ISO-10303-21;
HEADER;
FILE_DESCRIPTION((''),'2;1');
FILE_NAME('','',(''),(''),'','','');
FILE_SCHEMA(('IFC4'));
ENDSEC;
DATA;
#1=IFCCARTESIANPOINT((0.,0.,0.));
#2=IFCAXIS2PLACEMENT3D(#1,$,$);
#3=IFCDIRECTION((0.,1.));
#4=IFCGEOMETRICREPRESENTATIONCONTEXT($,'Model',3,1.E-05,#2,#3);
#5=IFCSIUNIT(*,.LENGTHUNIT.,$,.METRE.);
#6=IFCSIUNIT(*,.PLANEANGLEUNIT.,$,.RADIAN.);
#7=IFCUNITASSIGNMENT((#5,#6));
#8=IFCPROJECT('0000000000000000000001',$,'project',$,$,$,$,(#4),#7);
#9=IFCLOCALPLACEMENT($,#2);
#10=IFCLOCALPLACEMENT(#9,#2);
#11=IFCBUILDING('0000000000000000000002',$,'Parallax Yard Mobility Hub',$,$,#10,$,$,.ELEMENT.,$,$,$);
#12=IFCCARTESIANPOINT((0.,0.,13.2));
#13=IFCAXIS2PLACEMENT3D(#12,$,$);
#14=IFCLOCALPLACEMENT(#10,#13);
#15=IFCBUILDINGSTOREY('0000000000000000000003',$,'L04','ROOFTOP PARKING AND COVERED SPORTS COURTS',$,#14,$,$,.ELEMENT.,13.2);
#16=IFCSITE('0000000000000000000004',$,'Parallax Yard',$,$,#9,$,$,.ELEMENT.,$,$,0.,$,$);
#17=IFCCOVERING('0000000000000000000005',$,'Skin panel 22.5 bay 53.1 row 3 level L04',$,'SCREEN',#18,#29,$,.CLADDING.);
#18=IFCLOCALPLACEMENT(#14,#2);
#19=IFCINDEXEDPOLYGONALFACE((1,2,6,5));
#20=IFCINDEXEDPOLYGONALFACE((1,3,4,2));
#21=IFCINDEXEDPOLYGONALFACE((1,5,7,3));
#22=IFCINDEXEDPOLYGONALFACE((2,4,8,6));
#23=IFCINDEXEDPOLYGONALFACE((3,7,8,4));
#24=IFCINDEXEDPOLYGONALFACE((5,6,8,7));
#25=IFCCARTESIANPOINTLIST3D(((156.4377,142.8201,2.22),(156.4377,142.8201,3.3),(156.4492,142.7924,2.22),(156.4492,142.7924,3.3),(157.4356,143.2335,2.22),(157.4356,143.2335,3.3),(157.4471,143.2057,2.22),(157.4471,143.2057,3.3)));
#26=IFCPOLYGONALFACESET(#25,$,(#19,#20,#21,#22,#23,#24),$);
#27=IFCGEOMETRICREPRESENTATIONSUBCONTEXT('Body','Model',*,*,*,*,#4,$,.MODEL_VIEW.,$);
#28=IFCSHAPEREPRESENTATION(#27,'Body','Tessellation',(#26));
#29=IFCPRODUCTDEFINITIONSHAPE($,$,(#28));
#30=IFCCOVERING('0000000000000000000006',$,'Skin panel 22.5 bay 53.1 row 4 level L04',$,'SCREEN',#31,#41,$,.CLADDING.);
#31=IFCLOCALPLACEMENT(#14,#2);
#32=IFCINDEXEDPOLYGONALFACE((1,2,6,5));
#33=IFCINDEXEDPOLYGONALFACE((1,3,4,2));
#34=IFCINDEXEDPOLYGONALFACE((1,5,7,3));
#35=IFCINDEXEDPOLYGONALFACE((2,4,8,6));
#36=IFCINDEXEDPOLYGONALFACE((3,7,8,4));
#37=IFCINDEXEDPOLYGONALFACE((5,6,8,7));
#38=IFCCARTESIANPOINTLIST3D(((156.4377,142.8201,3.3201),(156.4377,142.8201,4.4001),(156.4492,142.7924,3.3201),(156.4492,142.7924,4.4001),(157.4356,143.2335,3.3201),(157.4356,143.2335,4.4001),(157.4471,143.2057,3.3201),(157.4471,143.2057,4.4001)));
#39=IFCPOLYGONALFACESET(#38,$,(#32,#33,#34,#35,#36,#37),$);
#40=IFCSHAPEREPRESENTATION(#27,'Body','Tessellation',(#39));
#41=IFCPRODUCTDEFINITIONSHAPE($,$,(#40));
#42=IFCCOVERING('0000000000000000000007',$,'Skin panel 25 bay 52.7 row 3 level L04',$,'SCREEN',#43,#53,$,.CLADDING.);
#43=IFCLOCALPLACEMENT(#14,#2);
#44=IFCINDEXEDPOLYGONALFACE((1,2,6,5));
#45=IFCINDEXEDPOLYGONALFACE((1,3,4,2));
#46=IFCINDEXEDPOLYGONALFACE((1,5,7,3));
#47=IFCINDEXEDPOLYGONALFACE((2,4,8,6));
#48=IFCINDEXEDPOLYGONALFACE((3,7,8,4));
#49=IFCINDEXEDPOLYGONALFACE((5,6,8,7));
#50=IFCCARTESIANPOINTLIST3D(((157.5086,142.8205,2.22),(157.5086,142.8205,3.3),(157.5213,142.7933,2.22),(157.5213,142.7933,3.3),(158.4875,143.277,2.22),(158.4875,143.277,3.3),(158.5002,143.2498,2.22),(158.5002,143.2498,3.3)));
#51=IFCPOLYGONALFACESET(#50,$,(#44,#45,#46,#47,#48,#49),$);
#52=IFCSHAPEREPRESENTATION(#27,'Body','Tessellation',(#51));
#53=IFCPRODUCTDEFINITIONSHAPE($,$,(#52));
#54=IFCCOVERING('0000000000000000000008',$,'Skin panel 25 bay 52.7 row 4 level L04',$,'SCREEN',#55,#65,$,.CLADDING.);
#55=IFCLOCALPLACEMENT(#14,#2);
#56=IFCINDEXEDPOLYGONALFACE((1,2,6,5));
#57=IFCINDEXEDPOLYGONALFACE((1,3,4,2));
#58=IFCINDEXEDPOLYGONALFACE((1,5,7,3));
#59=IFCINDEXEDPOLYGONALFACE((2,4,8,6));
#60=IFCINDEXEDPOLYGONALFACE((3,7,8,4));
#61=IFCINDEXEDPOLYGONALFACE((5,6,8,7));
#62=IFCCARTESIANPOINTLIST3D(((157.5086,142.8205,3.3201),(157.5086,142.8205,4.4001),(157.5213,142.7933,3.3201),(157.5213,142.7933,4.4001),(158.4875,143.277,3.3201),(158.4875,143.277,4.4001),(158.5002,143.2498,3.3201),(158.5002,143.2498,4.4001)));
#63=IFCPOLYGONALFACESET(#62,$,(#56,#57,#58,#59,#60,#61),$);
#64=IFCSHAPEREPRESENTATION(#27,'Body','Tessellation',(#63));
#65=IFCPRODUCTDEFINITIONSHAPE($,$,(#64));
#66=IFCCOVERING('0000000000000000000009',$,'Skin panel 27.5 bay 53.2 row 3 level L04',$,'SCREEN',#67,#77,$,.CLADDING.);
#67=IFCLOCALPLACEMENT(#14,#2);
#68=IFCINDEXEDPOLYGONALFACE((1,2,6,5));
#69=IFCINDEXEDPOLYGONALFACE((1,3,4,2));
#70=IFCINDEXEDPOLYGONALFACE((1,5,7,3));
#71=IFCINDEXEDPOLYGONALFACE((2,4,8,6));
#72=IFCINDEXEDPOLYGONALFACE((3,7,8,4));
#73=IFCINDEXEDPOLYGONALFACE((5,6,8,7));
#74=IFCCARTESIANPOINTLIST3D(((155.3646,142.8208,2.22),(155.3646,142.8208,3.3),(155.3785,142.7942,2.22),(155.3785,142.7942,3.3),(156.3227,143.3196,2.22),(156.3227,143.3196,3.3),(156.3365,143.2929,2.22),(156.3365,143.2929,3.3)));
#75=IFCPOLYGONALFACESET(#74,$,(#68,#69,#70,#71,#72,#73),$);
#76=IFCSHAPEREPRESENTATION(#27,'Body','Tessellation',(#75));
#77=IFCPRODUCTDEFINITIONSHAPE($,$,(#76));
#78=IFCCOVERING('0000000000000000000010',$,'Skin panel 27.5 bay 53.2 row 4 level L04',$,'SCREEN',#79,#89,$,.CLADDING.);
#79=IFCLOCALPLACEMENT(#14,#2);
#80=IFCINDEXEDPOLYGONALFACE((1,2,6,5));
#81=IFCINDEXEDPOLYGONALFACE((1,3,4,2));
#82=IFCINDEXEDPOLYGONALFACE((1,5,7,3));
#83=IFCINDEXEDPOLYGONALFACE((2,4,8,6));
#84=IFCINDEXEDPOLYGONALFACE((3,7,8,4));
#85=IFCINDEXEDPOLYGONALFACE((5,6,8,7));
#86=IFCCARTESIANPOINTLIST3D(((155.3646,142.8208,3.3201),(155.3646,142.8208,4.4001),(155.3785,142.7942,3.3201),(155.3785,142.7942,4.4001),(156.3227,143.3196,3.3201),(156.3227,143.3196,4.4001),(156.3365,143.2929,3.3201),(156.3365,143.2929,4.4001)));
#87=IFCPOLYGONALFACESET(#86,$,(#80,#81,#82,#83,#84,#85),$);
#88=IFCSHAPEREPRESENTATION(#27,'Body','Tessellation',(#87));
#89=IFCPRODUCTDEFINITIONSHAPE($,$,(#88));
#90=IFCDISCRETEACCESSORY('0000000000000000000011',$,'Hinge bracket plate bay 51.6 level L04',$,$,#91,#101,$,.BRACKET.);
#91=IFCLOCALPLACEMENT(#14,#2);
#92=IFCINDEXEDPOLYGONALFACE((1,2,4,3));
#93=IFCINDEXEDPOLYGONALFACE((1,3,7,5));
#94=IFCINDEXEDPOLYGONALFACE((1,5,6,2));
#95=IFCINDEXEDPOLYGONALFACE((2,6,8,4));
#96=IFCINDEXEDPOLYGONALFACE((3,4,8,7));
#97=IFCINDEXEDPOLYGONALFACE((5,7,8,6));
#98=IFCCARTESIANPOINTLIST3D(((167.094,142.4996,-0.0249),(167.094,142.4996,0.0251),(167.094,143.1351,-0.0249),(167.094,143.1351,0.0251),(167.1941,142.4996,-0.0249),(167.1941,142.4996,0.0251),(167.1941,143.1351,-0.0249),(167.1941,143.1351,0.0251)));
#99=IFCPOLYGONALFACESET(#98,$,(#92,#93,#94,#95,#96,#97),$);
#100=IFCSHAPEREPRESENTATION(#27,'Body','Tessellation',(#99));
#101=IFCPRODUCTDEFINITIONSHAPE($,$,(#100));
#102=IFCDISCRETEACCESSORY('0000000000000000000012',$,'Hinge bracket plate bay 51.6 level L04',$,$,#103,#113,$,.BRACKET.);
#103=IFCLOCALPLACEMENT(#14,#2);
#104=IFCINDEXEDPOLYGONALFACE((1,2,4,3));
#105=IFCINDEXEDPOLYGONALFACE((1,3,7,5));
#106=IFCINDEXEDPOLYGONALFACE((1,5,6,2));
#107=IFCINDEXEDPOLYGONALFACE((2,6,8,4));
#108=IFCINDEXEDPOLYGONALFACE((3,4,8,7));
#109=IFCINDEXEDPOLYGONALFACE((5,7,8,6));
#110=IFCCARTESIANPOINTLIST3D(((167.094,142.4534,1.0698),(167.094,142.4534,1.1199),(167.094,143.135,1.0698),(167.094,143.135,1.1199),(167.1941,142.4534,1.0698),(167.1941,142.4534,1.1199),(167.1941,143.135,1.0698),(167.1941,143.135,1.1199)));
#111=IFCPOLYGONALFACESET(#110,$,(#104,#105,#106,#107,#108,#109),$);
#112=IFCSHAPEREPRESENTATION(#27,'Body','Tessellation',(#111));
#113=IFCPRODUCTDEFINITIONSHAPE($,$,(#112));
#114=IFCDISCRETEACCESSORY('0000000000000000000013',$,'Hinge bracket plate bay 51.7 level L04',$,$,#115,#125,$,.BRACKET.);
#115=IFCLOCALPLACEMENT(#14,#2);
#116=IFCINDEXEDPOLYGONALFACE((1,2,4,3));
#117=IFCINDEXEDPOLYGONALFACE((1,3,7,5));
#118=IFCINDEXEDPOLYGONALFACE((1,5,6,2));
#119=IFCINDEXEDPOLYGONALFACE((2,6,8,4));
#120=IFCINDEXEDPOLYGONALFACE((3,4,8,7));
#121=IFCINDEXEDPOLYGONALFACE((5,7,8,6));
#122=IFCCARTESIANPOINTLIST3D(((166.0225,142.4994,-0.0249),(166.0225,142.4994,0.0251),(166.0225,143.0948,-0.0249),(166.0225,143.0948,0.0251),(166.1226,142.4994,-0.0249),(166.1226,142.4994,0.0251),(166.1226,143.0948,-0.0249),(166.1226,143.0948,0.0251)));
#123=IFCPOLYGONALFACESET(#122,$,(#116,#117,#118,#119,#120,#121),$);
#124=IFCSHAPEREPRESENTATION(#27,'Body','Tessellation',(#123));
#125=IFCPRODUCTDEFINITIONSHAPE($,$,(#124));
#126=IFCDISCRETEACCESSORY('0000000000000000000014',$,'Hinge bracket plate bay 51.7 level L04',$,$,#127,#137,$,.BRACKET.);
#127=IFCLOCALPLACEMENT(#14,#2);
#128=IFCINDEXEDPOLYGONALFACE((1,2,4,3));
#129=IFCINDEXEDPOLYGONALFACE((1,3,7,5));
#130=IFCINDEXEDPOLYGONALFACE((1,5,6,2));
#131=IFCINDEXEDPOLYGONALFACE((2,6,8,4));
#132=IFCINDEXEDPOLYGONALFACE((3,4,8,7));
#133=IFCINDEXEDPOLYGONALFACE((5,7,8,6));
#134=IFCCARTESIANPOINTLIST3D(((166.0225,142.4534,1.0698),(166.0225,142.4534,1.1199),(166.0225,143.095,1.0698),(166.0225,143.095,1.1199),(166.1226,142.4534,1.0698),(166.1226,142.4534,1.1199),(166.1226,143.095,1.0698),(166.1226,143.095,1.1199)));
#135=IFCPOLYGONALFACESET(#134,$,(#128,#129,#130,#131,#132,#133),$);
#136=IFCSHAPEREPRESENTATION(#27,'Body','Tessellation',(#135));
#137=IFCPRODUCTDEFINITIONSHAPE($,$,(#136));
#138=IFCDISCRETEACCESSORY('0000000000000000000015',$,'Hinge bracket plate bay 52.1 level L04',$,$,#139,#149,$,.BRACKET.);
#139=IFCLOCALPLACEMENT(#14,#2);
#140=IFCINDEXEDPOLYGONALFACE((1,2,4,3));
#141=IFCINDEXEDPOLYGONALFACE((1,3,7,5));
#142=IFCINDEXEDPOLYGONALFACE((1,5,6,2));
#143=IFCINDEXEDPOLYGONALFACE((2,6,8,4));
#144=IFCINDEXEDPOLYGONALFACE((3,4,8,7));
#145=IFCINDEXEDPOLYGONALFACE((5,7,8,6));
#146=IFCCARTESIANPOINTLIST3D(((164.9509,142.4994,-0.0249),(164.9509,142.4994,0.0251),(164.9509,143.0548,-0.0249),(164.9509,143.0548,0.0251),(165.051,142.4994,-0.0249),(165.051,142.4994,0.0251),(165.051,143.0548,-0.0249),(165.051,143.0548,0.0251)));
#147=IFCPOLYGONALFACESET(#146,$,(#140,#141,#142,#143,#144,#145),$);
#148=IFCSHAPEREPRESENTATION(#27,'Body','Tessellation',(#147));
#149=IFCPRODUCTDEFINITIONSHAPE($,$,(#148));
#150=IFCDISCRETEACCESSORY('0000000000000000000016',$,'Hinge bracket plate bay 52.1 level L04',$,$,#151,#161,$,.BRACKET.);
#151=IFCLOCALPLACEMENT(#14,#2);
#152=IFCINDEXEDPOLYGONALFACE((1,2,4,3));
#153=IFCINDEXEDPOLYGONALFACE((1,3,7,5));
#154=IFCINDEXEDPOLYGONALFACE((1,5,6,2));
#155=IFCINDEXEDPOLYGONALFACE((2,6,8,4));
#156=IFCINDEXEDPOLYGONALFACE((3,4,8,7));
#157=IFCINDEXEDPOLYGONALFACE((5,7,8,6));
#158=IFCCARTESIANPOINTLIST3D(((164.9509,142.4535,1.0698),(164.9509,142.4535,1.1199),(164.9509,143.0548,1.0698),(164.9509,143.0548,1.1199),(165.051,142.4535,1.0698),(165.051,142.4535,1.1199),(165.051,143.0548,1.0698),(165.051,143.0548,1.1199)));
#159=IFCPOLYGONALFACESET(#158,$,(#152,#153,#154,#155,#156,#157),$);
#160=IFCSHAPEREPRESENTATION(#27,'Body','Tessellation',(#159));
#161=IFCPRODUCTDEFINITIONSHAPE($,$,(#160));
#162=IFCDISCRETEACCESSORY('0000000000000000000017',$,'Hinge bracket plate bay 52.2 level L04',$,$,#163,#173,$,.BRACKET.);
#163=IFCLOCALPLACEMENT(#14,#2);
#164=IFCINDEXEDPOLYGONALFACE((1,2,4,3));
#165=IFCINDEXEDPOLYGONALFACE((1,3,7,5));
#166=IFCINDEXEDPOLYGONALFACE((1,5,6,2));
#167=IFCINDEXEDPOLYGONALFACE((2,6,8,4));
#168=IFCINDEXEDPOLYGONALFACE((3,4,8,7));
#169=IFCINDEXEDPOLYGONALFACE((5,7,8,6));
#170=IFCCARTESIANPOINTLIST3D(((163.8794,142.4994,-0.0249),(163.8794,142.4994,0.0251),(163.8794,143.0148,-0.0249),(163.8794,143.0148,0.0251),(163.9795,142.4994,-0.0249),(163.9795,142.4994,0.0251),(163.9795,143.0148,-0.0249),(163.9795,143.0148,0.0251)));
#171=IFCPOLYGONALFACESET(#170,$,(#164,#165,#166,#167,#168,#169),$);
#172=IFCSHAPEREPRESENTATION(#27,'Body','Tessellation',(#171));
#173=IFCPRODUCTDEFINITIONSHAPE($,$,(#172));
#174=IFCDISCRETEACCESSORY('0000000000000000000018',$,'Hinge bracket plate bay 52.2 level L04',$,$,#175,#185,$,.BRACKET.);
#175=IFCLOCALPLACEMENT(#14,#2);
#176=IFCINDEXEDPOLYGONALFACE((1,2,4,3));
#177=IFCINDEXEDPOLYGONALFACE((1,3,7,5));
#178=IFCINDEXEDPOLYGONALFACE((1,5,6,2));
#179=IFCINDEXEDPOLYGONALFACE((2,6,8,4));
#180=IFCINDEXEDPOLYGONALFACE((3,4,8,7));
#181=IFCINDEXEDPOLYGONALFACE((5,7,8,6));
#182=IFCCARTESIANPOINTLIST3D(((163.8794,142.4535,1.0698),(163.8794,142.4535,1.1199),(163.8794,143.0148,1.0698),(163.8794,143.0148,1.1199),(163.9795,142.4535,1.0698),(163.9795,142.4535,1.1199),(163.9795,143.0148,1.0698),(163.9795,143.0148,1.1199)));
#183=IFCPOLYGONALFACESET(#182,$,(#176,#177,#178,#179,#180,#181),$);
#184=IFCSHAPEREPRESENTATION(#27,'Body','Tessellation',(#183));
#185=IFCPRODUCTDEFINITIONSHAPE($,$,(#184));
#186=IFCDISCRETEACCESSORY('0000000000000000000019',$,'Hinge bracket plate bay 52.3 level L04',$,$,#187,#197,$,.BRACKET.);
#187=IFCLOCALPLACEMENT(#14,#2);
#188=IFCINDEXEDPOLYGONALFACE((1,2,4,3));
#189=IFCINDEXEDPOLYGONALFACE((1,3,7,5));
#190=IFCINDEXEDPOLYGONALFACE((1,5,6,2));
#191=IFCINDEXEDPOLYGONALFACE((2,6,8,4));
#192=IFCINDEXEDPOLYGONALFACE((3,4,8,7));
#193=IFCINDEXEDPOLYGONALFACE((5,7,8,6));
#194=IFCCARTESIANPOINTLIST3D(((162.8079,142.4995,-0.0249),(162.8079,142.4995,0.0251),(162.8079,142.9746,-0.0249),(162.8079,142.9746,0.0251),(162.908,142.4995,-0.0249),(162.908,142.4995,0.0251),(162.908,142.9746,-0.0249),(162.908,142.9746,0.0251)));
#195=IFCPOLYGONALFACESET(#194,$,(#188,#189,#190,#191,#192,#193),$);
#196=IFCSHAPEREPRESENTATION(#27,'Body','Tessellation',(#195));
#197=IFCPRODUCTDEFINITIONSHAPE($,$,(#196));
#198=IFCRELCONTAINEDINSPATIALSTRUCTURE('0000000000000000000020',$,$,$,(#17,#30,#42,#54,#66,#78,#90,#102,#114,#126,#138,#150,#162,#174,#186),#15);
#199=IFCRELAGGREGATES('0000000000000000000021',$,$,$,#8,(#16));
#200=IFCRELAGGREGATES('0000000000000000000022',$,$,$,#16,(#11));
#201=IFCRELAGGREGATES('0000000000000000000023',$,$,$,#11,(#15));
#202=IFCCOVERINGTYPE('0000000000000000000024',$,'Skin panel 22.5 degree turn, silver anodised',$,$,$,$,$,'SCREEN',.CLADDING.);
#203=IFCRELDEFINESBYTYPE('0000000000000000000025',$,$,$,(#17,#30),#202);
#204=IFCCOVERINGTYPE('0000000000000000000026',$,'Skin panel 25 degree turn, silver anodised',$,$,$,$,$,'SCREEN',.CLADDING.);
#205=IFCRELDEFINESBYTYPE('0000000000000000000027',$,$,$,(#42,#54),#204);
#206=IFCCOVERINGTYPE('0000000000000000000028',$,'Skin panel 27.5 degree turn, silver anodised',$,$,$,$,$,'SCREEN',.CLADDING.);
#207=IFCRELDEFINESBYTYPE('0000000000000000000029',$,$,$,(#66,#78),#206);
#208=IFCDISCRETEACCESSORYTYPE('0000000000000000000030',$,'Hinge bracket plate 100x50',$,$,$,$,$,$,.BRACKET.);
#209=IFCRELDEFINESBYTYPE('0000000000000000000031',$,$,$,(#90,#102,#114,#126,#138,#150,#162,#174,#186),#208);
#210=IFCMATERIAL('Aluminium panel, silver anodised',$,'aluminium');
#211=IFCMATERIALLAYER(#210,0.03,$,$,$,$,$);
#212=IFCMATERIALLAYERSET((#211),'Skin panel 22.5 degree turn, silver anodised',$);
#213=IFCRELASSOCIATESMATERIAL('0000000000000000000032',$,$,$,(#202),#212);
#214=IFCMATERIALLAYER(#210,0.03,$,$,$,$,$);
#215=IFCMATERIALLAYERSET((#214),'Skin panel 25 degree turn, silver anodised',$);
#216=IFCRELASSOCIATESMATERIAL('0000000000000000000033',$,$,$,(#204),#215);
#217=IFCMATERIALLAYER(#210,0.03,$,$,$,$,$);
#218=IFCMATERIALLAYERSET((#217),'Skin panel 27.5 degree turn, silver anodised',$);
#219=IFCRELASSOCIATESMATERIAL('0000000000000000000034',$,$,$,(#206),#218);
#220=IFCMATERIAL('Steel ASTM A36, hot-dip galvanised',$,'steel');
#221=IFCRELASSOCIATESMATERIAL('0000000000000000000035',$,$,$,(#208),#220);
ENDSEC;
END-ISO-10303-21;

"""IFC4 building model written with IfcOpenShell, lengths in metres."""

from ifc_helpers import new_model, si_unit, direction, frame, origin, origin_2d, place, context, subcontext, project, spatial, rectangle, extrude, material, layer, layer_set, type_object, element, save


model = new_model("IFC4")

# Units and contexts
model_context = context("Model", 3, precision=1e-05, world=origin(), true_north=direction((0.0, 1.0)))
body_context = subcontext(model_context, "Body", "Model", "MODEL_VIEW")
ifc_project = project(units=[si_unit("LENGTHUNIT", "METRE"), si_unit("PLANEANGLEUNIT", "RADIAN")], contexts=[model_context])

# Site, building, storey
site_placement = place(None, origin())
site = spatial("IfcSite", under=ifc_project, at=site_placement, Name="Parallax Yard", CompositionType="ELEMENT", RefElevation=0.0)
building_placement = place(site_placement, origin())
building = spatial("IfcBuilding", under=site, at=building_placement, Name="Parallax Yard Mobility Hub", CompositionType="ELEMENT")
storey_placement = place(building_placement, frame((0.0, 0.0, 13.2)))
storey = spatial("IfcBuildingStorey", under=building, at=storey_placement, Name="L04", Description="ROOFTOP PARKING AND COVERED SPORTS COURTS", CompositionType="ELEMENT", Elevation=13.2)

# Coverings
ifc_material_1 = material(Name="Aluminium panel, silver anodised", Category="aluminium")
ifc_layer_1 = layer(ifc_material_1, 0.03)
ifc_layer_set_1 = layer_set([ifc_layer_1], Name="Skin panel 22.5 degree turn, silver anodised")
covering_type_1 = type_object("IfcCoveringType", Name="Skin panel 22.5 degree turn, silver anodised", ElementType="SCREEN", PredefinedType="CLADDING", material=ifc_layer_set_1)
for number, where, z_axis, x_axis, name in (
    (1, (156.9424, 143.0129, 2.22), (0.0, 0.0, 1.0), (0.92388, 0.382683, 0.0), "Skin panel 22.5 bay 53.1 row 3 level L04"),
    (2, (156.9424, 143.0129, 3.3201), (0.0, 0.0, 1.0), (0.92388, 0.382683, 0.0), "Skin panel 22.5 bay 53.1 row 4 level L04"),
):
    element("IfcCovering", number, at=place(storey_placement, frame(where, z_axis=z_axis, x_axis=x_axis)), inside=storey, type_object=covering_type_1, Name=name, ObjectType="SCREEN", PredefinedType="CLADDING", context=body_context, shape_type="SweptSolid", body=[
        extrude(rectangle(XDim=1.0801, YDim=0.03, at=origin_2d()), origin(), (0.0, 0.0, 1.0), 1.0801),
    ])
ifc_layer_2 = layer(ifc_material_1, 0.03)
ifc_layer_set_2 = layer_set([ifc_layer_2], Name="Skin panel 25 degree turn, silver anodised")
covering_type_2 = type_object("IfcCoveringType", Name="Skin panel 25 degree turn, silver anodised", ElementType="SCREEN", PredefinedType="CLADDING", material=ifc_layer_set_2)
for number, where, z_axis, x_axis, name in (
    (3, (158.0044, 143.0352, 2.22), (0.0, 0.0, 1.0), (0.906308, 0.422618, 0.0), "Skin panel 25 bay 52.7 row 3 level L04"),
    (4, (158.0044, 143.0352, 3.3201), (0.0, 0.0, 1.0), (0.906308, 0.422618, 0.0), "Skin panel 25 bay 52.7 row 4 level L04"),
):
    element("IfcCovering", number, at=place(storey_placement, frame(where, z_axis=z_axis, x_axis=x_axis)), inside=storey, type_object=covering_type_2, Name=name, ObjectType="SCREEN", PredefinedType="CLADDING", context=body_context, shape_type="SweptSolid", body=[
        extrude(rectangle(XDim=1.0801, YDim=0.03, at=origin_2d()), origin(), (0.0, 0.0, 1.0), 1.0801),
    ])
ifc_layer_3 = layer(ifc_material_1, 0.03)
ifc_layer_set_3 = layer_set([ifc_layer_3], Name="Skin panel 27.5 degree turn, silver anodised")
covering_type_3 = type_object("IfcCoveringType", Name="Skin panel 27.5 degree turn, silver anodised", ElementType="SCREEN", PredefinedType="CLADDING", material=ifc_layer_set_3)
for number, where, z_axis, x_axis, name in (
    (5, (155.8506, 143.0569, 2.22), (0.0, 0.0, 1.0), (0.887011, 0.461749, 0.0), "Skin panel 27.5 bay 53.2 row 3 level L04"),
    (6, (155.8506, 143.0569, 3.3201), (0.0, 0.0, 1.0), (0.887011, 0.461749, 0.0), "Skin panel 27.5 bay 53.2 row 4 level L04"),
):
    element("IfcCovering", number, at=place(storey_placement, frame(where, z_axis=z_axis, x_axis=x_axis)), inside=storey, type_object=covering_type_3, Name=name, ObjectType="SCREEN", PredefinedType="CLADDING", context=body_context, shape_type="SweptSolid", body=[
        extrude(rectangle(XDim=1.0801, YDim=0.03, at=origin_2d()), origin(), (0.0, 0.0, 1.0), 1.0801),
    ])

# Discrete accessories
ifc_material_2 = material(Name="Steel ASTM A36, hot-dip galvanised", Category="steel")
discrete_accessory_type_1 = type_object("IfcDiscreteAccessoryType", Name="Hinge bracket plate 100x50", PredefinedType="BRACKET", material=ifc_material_2)
discrete_accessory_1_placement = place(storey_placement, frame((167.144, 142.8174, -0.0249), z_axis=(0.0, 0.0, 1.0), x_axis=(0.0, 1.0, 0.0)))
element("IfcDiscreteAccessory", 7, at=discrete_accessory_1_placement, inside=storey, type_object=discrete_accessory_type_1, Name="Hinge bracket plate bay 51.6 level L04", PredefinedType="BRACKET", context=body_context, shape_type="SweptSolid", body=[
    extrude(rectangle(XDim=0.6355, YDim=0.1001, at=origin_2d()), origin(), (0.0, 0.0, 1.0), 0.05),
])
discrete_accessory_2_placement = place(storey_placement, frame((167.144, 142.7942, 1.0698), z_axis=(0.0, 0.0, 1.0), x_axis=(0.0, 1.0, 0.0)))
element("IfcDiscreteAccessory", 8, at=discrete_accessory_2_placement, inside=storey, type_object=discrete_accessory_type_1, Name="Hinge bracket plate bay 51.6 level L04", PredefinedType="BRACKET", context=body_context, shape_type="SweptSolid", body=[
    extrude(rectangle(XDim=0.6816, YDim=0.1001, at=origin_2d()), origin(), (0.0, 0.0, 1.0), 0.05),
])
discrete_accessory_3_placement = place(storey_placement, frame((166.0725, 142.7971, -0.0249), z_axis=(0.0, 0.0, 1.0), x_axis=(0.0, 1.0, 0.0)))
element("IfcDiscreteAccessory", 9, at=discrete_accessory_3_placement, inside=storey, type_object=discrete_accessory_type_1, Name="Hinge bracket plate bay 51.7 level L04", PredefinedType="BRACKET", context=body_context, shape_type="SweptSolid", body=[
    extrude(rectangle(XDim=0.5955, YDim=0.1001, at=origin_2d()), origin(), (0.0, 0.0, 1.0), 0.05),
])
discrete_accessory_4_placement = place(storey_placement, frame((166.0725, 142.7742, 1.0698), z_axis=(0.0, 0.0, 1.0), x_axis=(0.0, 1.0, 0.0)))
element("IfcDiscreteAccessory", 10, at=discrete_accessory_4_placement, inside=storey, type_object=discrete_accessory_type_1, Name="Hinge bracket plate bay 51.7 level L04", PredefinedType="BRACKET", context=body_context, shape_type="SweptSolid", body=[
    extrude(rectangle(XDim=0.6416, YDim=0.1001, at=origin_2d()), origin(), (0.0, 0.0, 1.0), 0.05),
])
discrete_accessory_5_placement = place(storey_placement, frame((165.001, 142.7771, -0.0249), z_axis=(0.0, 0.0, 1.0), x_axis=(0.0, 1.0, 0.0)))
element("IfcDiscreteAccessory", 11, at=discrete_accessory_5_placement, inside=storey, type_object=discrete_accessory_type_1, Name="Hinge bracket plate bay 52.1 level L04", PredefinedType="BRACKET", context=body_context, shape_type="SweptSolid", body=[
    extrude(rectangle(XDim=0.5554, YDim=0.1001, at=origin_2d()), origin(), (0.0, 0.0, 1.0), 0.05),
])
discrete_accessory_6_placement = place(storey_placement, frame((165.001, 142.7542, 1.0698), z_axis=(0.0, 0.0, 1.0), x_axis=(0.0, 1.0, 0.0)))
element("IfcDiscreteAccessory", 12, at=discrete_accessory_6_placement, inside=storey, type_object=discrete_accessory_type_1, Name="Hinge bracket plate bay 52.1 level L04", PredefinedType="BRACKET", context=body_context, shape_type="SweptSolid", body=[
    extrude(rectangle(XDim=0.6013, YDim=0.1001, at=origin_2d()), origin(), (0.0, 0.0, 1.0), 0.05),
])
discrete_accessory_7_placement = place(storey_placement, frame((163.9294, 142.7571, -0.0249), z_axis=(0.0, 0.0, 1.0), x_axis=(0.0, 1.0, 0.0)))
element("IfcDiscreteAccessory", 13, at=discrete_accessory_7_placement, inside=storey, type_object=discrete_accessory_type_1, Name="Hinge bracket plate bay 52.2 level L04", PredefinedType="BRACKET", context=body_context, shape_type="SweptSolid", body=[
    extrude(rectangle(XDim=0.5154, YDim=0.1001, at=origin_2d()), origin(), (0.0, 0.0, 1.0), 0.05),
])
discrete_accessory_8_placement = place(storey_placement, frame((163.9294, 142.7341, 1.0698), z_axis=(0.0, 0.0, 1.0), x_axis=(0.0, 1.0, 0.0)))
element("IfcDiscreteAccessory", 14, at=discrete_accessory_8_placement, inside=storey, type_object=discrete_accessory_type_1, Name="Hinge bracket plate bay 52.2 level L04", PredefinedType="BRACKET", context=body_context, shape_type="SweptSolid", body=[
    extrude(rectangle(XDim=0.5613, YDim=0.1001, at=origin_2d()), origin(), (0.0, 0.0, 1.0), 0.05),
])
discrete_accessory_9_placement = place(storey_placement, frame((162.8579, 142.7371, -0.0249), z_axis=(0.0, 0.0, 1.0), x_axis=(0.0, 1.0, 0.0)))
element("IfcDiscreteAccessory", 15, at=discrete_accessory_9_placement, inside=storey, type_object=discrete_accessory_type_1, Name="Hinge bracket plate bay 52.3 level L04", PredefinedType="BRACKET", context=body_context, shape_type="SweptSolid", body=[
    extrude(rectangle(XDim=0.4751, YDim=0.1001, at=origin_2d()), origin(), (0.0, 0.0, 1.0), 0.05),
])

save(model, "model.ifc")
